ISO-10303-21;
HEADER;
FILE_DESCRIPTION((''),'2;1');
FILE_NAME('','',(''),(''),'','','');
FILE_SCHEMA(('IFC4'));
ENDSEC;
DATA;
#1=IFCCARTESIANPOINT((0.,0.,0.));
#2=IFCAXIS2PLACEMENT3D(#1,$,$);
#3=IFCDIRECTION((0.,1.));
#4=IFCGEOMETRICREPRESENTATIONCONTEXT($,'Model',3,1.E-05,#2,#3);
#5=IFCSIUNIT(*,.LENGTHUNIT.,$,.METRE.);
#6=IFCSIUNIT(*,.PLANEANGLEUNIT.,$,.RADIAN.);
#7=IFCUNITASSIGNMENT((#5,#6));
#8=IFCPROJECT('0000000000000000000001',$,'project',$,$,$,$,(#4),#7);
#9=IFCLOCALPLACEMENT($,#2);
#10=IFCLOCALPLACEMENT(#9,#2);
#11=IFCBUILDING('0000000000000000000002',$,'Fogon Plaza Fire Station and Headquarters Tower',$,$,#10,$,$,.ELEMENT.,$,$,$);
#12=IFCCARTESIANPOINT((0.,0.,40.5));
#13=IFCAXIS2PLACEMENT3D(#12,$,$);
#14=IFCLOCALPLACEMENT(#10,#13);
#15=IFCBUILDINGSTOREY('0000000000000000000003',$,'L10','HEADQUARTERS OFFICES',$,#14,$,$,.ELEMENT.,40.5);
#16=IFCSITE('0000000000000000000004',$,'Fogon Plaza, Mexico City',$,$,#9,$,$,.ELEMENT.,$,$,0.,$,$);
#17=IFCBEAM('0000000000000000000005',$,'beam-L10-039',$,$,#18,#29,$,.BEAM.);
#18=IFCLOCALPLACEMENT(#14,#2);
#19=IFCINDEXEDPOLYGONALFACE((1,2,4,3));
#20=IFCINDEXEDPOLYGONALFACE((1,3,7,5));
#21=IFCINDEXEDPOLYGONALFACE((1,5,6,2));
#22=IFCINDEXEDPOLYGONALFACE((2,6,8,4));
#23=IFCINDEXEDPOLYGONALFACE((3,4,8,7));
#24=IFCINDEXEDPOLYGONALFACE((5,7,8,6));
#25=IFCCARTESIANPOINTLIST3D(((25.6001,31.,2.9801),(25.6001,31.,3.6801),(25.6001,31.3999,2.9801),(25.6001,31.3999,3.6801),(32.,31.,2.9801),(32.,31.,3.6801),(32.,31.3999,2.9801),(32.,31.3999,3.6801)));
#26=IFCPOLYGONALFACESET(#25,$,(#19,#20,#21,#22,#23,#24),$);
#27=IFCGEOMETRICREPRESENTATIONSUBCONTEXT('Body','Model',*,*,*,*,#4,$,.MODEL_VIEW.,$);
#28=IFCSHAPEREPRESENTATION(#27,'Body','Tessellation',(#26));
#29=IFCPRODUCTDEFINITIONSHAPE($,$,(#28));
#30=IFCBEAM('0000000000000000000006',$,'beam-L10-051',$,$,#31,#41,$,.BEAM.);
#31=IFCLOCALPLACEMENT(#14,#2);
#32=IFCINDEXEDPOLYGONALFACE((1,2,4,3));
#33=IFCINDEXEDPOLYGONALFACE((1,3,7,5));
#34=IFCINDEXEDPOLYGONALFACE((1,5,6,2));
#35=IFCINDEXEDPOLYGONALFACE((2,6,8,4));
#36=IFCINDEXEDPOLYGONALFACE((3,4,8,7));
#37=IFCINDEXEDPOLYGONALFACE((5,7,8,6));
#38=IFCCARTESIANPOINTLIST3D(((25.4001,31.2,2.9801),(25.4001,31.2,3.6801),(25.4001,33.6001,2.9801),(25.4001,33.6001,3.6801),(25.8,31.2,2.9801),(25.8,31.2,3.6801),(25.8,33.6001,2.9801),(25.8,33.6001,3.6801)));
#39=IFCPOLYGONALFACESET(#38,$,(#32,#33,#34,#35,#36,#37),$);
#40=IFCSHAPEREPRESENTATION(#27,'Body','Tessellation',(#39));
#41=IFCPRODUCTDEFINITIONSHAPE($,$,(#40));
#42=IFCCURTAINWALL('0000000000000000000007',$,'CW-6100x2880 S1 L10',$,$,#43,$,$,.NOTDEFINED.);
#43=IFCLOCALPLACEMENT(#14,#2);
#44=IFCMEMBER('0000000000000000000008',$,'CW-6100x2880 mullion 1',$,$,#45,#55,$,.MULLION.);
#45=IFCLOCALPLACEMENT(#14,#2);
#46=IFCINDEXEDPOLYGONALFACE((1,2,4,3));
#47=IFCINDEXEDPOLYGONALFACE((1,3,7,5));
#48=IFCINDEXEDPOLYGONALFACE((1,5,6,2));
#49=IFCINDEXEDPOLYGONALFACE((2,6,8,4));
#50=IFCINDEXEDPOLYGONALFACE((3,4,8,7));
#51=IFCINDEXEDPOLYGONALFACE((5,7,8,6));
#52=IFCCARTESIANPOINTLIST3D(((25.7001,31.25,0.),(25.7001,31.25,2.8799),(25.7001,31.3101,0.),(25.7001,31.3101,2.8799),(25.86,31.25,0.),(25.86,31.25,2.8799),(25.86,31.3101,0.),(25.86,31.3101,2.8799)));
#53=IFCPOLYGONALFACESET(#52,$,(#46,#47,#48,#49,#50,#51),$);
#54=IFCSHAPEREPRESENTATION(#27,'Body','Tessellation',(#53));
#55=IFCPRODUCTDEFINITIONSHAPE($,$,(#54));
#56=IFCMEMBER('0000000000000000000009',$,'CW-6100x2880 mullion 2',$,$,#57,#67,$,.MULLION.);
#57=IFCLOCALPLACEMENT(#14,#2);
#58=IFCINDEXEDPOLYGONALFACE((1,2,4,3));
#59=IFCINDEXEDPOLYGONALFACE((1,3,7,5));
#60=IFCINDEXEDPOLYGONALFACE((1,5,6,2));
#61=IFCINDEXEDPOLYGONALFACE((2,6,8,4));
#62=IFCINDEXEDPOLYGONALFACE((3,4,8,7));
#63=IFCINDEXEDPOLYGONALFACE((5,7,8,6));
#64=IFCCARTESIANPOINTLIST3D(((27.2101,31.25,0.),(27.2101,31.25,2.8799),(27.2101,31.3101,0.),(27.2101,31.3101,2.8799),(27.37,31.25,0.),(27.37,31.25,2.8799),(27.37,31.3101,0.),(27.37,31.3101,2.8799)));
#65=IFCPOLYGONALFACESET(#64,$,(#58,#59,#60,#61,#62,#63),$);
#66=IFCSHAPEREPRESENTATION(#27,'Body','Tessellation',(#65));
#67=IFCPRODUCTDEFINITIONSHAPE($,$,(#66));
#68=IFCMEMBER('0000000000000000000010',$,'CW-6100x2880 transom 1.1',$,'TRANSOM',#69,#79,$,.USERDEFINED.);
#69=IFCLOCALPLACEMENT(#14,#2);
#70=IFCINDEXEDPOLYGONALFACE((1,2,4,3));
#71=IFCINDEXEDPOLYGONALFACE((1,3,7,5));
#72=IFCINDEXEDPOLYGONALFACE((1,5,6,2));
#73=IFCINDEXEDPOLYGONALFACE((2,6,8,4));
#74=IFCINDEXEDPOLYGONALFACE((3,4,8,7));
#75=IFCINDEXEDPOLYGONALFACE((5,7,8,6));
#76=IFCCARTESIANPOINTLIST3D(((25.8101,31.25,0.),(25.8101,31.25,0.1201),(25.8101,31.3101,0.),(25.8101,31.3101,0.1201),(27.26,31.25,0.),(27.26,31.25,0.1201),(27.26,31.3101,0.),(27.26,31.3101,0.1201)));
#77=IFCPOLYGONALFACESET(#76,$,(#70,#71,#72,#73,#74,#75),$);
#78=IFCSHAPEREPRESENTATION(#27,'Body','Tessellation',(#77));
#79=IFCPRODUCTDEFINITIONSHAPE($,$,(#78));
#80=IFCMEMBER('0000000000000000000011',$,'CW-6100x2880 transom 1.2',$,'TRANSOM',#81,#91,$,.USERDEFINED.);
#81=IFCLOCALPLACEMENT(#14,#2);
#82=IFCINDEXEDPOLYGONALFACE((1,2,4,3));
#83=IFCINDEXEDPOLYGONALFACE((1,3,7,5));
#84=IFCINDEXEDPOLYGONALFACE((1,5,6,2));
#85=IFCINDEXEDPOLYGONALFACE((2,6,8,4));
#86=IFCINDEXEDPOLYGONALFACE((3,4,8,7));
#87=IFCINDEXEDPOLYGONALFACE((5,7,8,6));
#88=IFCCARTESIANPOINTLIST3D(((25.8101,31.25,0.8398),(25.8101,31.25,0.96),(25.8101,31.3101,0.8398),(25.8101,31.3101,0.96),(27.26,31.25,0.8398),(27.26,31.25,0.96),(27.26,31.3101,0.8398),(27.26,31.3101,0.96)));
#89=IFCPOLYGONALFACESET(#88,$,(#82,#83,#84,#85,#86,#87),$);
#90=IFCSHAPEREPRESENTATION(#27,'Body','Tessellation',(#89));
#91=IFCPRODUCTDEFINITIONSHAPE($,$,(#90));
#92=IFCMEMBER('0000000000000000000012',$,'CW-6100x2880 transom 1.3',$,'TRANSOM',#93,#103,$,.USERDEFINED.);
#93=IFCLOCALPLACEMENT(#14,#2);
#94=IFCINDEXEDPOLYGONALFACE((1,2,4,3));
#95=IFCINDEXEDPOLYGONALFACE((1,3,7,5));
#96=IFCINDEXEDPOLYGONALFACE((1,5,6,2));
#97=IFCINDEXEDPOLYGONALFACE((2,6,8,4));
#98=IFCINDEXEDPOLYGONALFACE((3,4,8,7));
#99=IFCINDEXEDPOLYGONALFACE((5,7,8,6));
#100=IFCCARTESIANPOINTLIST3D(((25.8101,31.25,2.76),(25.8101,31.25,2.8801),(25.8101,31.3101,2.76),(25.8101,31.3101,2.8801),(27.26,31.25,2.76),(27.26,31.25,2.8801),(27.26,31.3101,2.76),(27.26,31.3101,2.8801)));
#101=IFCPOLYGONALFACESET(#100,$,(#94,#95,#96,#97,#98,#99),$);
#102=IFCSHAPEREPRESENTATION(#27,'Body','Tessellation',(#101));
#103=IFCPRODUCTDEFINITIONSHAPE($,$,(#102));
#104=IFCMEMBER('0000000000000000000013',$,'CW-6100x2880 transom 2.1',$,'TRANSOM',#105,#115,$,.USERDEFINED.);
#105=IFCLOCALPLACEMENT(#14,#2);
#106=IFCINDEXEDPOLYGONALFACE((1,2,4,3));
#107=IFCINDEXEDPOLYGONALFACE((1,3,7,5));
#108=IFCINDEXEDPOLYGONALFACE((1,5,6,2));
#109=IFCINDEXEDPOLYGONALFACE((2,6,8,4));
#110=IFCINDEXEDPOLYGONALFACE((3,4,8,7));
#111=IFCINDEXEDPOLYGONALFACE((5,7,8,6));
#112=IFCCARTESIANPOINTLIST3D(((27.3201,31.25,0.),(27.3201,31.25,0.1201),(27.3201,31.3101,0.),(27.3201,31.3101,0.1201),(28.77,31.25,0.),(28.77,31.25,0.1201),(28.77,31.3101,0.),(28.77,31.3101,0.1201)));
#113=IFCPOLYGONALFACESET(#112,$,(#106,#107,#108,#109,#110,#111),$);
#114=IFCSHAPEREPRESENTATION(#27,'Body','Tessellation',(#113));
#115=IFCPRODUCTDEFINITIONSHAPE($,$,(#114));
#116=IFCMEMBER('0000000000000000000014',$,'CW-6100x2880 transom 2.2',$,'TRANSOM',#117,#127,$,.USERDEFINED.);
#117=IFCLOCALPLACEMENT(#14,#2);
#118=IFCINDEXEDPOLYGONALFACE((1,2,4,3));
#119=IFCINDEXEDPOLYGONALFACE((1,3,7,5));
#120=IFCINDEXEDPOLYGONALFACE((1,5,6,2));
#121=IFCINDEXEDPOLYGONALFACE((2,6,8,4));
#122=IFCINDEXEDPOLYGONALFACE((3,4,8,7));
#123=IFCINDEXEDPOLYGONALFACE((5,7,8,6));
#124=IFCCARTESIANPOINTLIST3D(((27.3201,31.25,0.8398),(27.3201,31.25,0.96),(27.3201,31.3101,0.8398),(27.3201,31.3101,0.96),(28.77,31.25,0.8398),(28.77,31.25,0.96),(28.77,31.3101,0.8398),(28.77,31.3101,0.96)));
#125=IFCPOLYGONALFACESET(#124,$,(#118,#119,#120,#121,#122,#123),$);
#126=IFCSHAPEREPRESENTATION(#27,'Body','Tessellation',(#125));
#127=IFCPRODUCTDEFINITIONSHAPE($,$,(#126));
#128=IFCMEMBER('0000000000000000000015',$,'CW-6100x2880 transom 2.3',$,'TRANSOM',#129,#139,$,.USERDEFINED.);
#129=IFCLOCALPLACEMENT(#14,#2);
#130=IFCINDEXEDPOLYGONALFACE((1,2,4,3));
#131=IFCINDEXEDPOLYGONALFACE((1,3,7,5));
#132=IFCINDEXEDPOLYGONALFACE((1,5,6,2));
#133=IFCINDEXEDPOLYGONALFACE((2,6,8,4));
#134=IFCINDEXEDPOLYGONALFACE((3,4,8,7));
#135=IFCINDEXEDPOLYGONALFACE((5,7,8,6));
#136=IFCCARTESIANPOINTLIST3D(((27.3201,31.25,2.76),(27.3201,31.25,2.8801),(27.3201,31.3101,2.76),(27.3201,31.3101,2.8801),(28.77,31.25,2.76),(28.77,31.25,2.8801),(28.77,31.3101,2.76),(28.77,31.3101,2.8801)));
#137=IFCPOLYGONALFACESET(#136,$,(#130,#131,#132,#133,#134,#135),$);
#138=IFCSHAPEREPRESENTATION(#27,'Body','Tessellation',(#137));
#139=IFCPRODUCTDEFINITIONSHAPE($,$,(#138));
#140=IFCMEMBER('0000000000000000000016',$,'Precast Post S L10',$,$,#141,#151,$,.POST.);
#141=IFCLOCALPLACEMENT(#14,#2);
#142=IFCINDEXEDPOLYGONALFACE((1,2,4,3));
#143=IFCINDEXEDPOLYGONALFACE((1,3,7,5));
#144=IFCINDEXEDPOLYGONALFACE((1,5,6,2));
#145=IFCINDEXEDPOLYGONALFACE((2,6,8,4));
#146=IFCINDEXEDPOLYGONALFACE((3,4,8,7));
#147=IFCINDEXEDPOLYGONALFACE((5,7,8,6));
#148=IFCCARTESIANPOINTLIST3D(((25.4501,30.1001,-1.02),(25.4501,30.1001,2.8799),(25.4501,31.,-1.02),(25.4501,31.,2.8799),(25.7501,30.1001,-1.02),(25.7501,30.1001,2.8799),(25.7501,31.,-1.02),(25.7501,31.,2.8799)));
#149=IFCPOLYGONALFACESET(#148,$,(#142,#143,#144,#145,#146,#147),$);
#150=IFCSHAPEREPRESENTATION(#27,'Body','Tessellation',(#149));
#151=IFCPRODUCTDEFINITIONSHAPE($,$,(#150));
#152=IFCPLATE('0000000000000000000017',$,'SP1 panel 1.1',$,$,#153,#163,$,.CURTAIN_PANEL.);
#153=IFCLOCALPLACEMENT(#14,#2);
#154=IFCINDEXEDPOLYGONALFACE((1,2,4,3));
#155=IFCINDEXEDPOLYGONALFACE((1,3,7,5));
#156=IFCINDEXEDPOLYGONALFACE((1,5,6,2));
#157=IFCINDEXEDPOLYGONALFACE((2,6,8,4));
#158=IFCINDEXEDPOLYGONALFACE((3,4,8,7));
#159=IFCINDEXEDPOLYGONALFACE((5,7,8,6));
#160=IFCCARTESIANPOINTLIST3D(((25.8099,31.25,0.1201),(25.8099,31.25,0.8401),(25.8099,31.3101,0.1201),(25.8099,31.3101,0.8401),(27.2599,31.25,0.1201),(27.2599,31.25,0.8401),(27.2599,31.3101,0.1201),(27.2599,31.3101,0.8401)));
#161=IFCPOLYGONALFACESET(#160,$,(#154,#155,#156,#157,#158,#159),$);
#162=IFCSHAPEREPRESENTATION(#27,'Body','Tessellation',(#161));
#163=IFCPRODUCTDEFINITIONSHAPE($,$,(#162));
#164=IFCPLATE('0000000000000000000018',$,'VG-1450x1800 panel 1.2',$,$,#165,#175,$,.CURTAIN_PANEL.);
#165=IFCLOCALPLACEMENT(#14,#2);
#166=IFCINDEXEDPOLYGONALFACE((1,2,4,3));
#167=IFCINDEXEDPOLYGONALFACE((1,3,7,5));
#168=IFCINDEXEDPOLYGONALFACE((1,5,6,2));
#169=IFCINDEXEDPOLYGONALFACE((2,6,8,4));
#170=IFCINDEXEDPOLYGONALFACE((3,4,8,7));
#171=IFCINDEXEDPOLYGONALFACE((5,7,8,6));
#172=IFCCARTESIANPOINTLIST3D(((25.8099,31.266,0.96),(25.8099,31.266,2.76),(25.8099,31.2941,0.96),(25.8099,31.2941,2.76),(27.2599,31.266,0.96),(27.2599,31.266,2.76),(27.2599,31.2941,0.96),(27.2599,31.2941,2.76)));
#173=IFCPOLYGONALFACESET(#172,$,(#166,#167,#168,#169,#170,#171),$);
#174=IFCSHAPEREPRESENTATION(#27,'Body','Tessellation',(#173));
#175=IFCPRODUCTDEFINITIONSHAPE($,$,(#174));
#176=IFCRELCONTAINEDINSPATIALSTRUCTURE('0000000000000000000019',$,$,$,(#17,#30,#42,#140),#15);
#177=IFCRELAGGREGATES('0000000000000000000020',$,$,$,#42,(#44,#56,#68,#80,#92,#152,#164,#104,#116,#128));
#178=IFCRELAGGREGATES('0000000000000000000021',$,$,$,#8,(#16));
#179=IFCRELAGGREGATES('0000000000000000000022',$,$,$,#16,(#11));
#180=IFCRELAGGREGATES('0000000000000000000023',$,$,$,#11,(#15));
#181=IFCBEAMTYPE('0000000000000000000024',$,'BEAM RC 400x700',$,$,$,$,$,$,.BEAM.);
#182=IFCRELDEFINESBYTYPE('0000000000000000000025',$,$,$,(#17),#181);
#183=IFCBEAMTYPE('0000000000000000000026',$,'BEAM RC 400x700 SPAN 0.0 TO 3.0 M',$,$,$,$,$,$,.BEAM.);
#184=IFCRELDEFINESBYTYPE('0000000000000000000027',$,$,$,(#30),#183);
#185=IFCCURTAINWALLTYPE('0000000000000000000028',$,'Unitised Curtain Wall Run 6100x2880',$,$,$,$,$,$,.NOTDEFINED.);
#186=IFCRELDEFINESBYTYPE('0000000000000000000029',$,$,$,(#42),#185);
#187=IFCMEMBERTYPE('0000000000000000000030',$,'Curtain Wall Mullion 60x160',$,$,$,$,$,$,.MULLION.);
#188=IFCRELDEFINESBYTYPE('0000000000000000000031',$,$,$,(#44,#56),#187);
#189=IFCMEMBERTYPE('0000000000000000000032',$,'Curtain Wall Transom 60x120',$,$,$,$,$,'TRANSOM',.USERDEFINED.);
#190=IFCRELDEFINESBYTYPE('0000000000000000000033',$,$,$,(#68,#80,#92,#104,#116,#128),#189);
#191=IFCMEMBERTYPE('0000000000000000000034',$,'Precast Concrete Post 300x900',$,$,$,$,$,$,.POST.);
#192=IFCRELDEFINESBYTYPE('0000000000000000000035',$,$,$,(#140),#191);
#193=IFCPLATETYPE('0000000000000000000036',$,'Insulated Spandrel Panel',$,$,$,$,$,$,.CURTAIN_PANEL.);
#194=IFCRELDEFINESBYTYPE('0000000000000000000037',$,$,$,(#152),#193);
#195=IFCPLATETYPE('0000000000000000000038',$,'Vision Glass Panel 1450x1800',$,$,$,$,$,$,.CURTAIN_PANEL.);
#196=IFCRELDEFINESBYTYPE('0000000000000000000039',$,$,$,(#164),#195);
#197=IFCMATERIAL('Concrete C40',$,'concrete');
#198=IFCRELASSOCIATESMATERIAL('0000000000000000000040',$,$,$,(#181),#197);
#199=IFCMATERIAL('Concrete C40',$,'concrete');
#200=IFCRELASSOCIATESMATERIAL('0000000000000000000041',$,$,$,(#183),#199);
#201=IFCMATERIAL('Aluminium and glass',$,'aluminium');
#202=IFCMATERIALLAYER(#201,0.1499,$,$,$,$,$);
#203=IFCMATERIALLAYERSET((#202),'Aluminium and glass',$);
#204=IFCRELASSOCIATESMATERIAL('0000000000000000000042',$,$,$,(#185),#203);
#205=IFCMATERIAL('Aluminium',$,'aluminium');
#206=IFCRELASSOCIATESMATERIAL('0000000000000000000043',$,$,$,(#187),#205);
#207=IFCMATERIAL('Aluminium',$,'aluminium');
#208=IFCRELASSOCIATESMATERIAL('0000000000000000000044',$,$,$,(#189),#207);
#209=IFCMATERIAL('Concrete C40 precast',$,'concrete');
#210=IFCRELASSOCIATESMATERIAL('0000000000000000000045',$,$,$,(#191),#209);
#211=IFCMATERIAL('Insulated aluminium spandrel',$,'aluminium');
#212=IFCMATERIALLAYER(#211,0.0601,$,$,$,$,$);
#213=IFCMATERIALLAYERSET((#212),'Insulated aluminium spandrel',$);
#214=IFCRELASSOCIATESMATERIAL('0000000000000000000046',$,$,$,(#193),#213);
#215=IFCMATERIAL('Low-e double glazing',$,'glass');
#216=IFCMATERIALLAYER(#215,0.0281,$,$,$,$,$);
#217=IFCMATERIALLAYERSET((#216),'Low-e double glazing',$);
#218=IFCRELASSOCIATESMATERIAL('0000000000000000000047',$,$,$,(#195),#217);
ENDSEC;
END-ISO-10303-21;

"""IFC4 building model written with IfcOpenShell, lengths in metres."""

from ifc_helpers import new_model, si_unit, direction, frame, origin, origin_2d, place, context, subcontext, project, spatial, rectangle, extrude, material, layer, layer_set, material_profile, profile_set, type_object, element, aggregate, save


model = new_model("IFC4")

# Units and contexts
model_context = context("Model", 3, precision=1e-05, world=origin(), true_north=direction((0.0, 1.0)))
body_context = subcontext(model_context, "Body", "Model", "MODEL_VIEW")
ifc_project = project(units=[si_unit("LENGTHUNIT", "METRE"), si_unit("PLANEANGLEUNIT", "RADIAN")], contexts=[model_context])

# Site, building, storey
site_placement = place(None, origin())
site = spatial("IfcSite", under=ifc_project, at=site_placement, Name="Fogon Plaza, Mexico City", CompositionType="ELEMENT", RefElevation=0.0)
building_placement = place(site_placement, origin())
building = spatial("IfcBuilding", under=site, at=building_placement, Name="Fogon Plaza Fire Station and Headquarters Tower", CompositionType="ELEMENT")
storey_placement = place(building_placement, frame((0.0, 0.0, 40.5)))
storey = spatial("IfcBuildingStorey", under=building, at=storey_placement, Name="L10", Description="HEADQUARTERS OFFICES", CompositionType="ELEMENT", Elevation=40.5)

# Beams
ifc_material_1 = material(Name="Concrete C40", Category="concrete")
ifc_material_profile_1 = material_profile(ifc_material_1, rectangle(XDim=0.3999, YDim=0.7, at=origin_2d()), Name="RC 400x700")
ifc_profile_set_1 = profile_set([ifc_material_profile_1], Name="Concrete C40")
beam_type_1 = type_object("IfcBeamType", Name="BEAM RC 400x700", PredefinedType="BEAM", material=ifc_profile_set_1)
beam_1_placement = place(storey_placement, frame((25.6001, 31.2, 3.3301), z_axis=(1.0, 0.0, 0.0), x_axis=(0.0, 1.0, 0.0)))
element("IfcBeam", 1, at=beam_1_placement, inside=storey, type_object=beam_type_1, Name="beam-L10-039", PredefinedType="BEAM", context=body_context, shape_type="SweptSolid", body=[
    extrude(rectangle(XDim=0.3999, YDim=0.7, at=origin_2d()), origin(), (0.0, 0.0, 1.0), 6.3999),
])
ifc_material_2 = material(Name="Concrete C40", Category="concrete")
ifc_material_profile_2 = material_profile(ifc_material_2, rectangle(XDim=0.3999, YDim=0.7, at=origin_2d()), Name="RC 400x700")
ifc_profile_set_2 = profile_set([ifc_material_profile_2], Name="Concrete C40")
beam_type_2 = type_object("IfcBeamType", Name="BEAM RC 400x700 SPAN 0.0 TO 3.0 M", PredefinedType="BEAM", material=ifc_profile_set_2)
beam_2_placement = place(storey_placement, frame((25.6001, 31.2, 3.3301), z_axis=(0.0, 1.0, 0.0), x_axis=(-1.0, 0.0, 0.0)))
element("IfcBeam", 2, at=beam_2_placement, inside=storey, type_object=beam_type_2, Name="beam-L10-051", PredefinedType="BEAM", context=body_context, shape_type="SweptSolid", body=[
    extrude(rectangle(XDim=0.3999, YDim=0.7, at=origin_2d()), origin(), (0.0, 0.0, 1.0), 2.4001),
])

# Curtain wall, members
ifc_material_3 = material(Name="Aluminium and glass", Category="aluminium")
ifc_layer_1 = layer(ifc_material_3, 0.1499)
ifc_layer_set_1 = layer_set([ifc_layer_1], Name="Aluminium and glass")
curtain_wall_type = type_object("IfcCurtainWallType", Name="Unitised Curtain Wall Run 6100x2880", PredefinedType="NOTDEFINED", material=ifc_layer_set_1)
curtain_wall_placement = place(storey_placement, origin())
curtain_wall = element("IfcCurtainWall", 3, at=curtain_wall_placement, inside=storey, type_object=curtain_wall_type, Name="CW-6100x2880 S1 L10", PredefinedType="NOTDEFINED")
ifc_material_4 = material(Name="Aluminium", Category="aluminium")
ifc_material_profile_3 = material_profile(ifc_material_4, rectangle(XDim=0.0601, YDim=0.1599, at=origin_2d()), Name="Curtain Wall Mullion 60x160")
ifc_profile_set_3 = profile_set([ifc_material_profile_3], Name="Aluminium")
member_type_1 = type_object("IfcMemberType", Name="Curtain Wall Mullion 60x160", PredefinedType="MULLION", material=ifc_profile_set_3)
member_1_placement = place(storey_placement, frame((25.78, 31.28, 0.0), z_axis=(0.0, 0.0, 1.0), x_axis=(0.0, 1.0, 0.0)))
member_1 = element("IfcMember", 4, at=member_1_placement, type_object=member_type_1, Name="CW-6100x2880 mullion 1", PredefinedType="MULLION", context=body_context, shape_type="SweptSolid", body=[
    extrude(rectangle(XDim=0.0601, YDim=0.1599, at=origin_2d()), origin(), (0.0, 0.0, 1.0), 2.8799),
])
member_2_placement = place(storey_placement, frame((27.29, 31.28, 0.0), z_axis=(0.0, 0.0, 1.0), x_axis=(0.0, 1.0, 0.0)))
member_2 = element("IfcMember", 5, at=member_2_placement, type_object=member_type_1, Name="CW-6100x2880 mullion 2", PredefinedType="MULLION", context=body_context, shape_type="SweptSolid", body=[
    extrude(rectangle(XDim=0.0601, YDim=0.1599, at=origin_2d()), origin(), (0.0, 0.0, 1.0), 2.8799),
])
ifc_material_5 = material(Name="Aluminium", Category="aluminium")
ifc_material_profile_4 = material_profile(ifc_material_5, rectangle(XDim=0.0601, YDim=0.1201, at=origin_2d()), Name="Curtain Wall Transom 60x120")
ifc_profile_set_4 = profile_set([ifc_material_profile_4], Name="Aluminium")
member_type_2 = type_object("IfcMemberType", Name="Curtain Wall Transom 60x120", ElementType="TRANSOM", PredefinedType="USERDEFINED", material=ifc_profile_set_4)
member_3_placement = place(storey_placement, frame((25.8101, 31.28, 0.0601), z_axis=(1.0, 0.0, 0.0), x_axis=(0.0, 1.0, 0.0)))
member_3 = element("IfcMember", 6, at=member_3_placement, type_object=member_type_2, Name="CW-6100x2880 transom 1.1", ObjectType="TRANSOM", PredefinedType="USERDEFINED", context=body_context, shape_type="SweptSolid", body=[
    extrude(rectangle(XDim=0.0601, YDim=0.1201, at=origin_2d()), origin(), (0.0, 0.0, 1.0), 1.45),
])
member_4_placement = place(storey_placement, frame((25.8101, 31.28, 0.8999), z_axis=(1.0, 0.0, 0.0), x_axis=(0.0, 1.0, 0.0)))
member_4 = element("IfcMember", 7, at=member_4_placement, type_object=member_type_2, Name="CW-6100x2880 transom 1.2", ObjectType="TRANSOM", PredefinedType="USERDEFINED", context=body_context, shape_type="SweptSolid", body=[
    extrude(rectangle(XDim=0.0601, YDim=0.1201, at=origin_2d()), origin(), (0.0, 0.0, 1.0), 1.45),
])
member_5_placement = place(storey_placement, frame((25.8101, 31.28, 2.8201), z_axis=(1.0, 0.0, 0.0), x_axis=(0.0, 1.0, 0.0)))
member_5 = element("IfcMember", 8, at=member_5_placement, type_object=member_type_2, Name="CW-6100x2880 transom 1.3", ObjectType="TRANSOM", PredefinedType="USERDEFINED", context=body_context, shape_type="SweptSolid", body=[
    extrude(rectangle(XDim=0.0601, YDim=0.1201, at=origin_2d()), origin(), (0.0, 0.0, 1.0), 1.45),
])
member_6_placement = place(storey_placement, frame((27.3201, 31.28, 0.0601), z_axis=(1.0, 0.0, 0.0), x_axis=(0.0, 1.0, 0.0)))
member_6 = element("IfcMember", 9, at=member_6_placement, type_object=member_type_2, Name="CW-6100x2880 transom 2.1", ObjectType="TRANSOM", PredefinedType="USERDEFINED", context=body_context, shape_type="SweptSolid", body=[
    extrude(rectangle(XDim=0.0601, YDim=0.1201, at=origin_2d()), origin(), (0.0, 0.0, 1.0), 1.45),
])
member_7_placement = place(storey_placement, frame((27.3201, 31.28, 0.8999), z_axis=(1.0, 0.0, 0.0), x_axis=(0.0, 1.0, 0.0)))
member_7 = element("IfcMember", 10, at=member_7_placement, type_object=member_type_2, Name="CW-6100x2880 transom 2.2", ObjectType="TRANSOM", PredefinedType="USERDEFINED", context=body_context, shape_type="SweptSolid", body=[
    extrude(rectangle(XDim=0.0601, YDim=0.1201, at=origin_2d()), origin(), (0.0, 0.0, 1.0), 1.45),
])
member_8_placement = place(storey_placement, frame((27.3201, 31.28, 2.8201), z_axis=(1.0, 0.0, 0.0), x_axis=(0.0, 1.0, 0.0)))
member_8 = element("IfcMember", 11, at=member_8_placement, type_object=member_type_2, Name="CW-6100x2880 transom 2.3", ObjectType="TRANSOM", PredefinedType="USERDEFINED", context=body_context, shape_type="SweptSolid", body=[
    extrude(rectangle(XDim=0.0601, YDim=0.1201, at=origin_2d()), origin(), (0.0, 0.0, 1.0), 1.45),
])

# Member
ifc_material_6 = material(Name="Concrete C40 precast", Category="concrete")
ifc_material_profile_5 = material_profile(ifc_material_6, rectangle(XDim=0.3, YDim=0.8999, at=origin_2d()), Name="Precast Concrete Post 300x900")
ifc_profile_set_5 = profile_set([ifc_material_profile_5], Name="Concrete C40 precast")
member_type_3 = type_object("IfcMemberType", Name="Precast Concrete Post 300x900", PredefinedType="POST", material=ifc_profile_set_5)
member_9_placement = place(storey_placement, frame((25.6001, 30.55, -1.02), z_axis=(0.0, 0.0, 1.0), x_axis=(1.0, 0.0, 0.0)))
element("IfcMember", 12, at=member_9_placement, inside=storey, type_object=member_type_3, Name="Precast Post S L10", PredefinedType="POST", context=body_context, shape_type="SweptSolid", body=[
    extrude(rectangle(XDim=0.3, YDim=0.8999, at=origin_2d()), origin(), (0.0, 0.0, 1.0), 3.8999),
])

# Plates
ifc_material_7 = material(Name="Insulated aluminium spandrel", Category="aluminium")
ifc_layer_2 = layer(ifc_material_7, 0.0601)
ifc_layer_set_2 = layer_set([ifc_layer_2], Name="Insulated aluminium spandrel")
plate_type_1 = type_object("IfcPlateType", Name="Insulated Spandrel Panel", PredefinedType="CURTAIN_PANEL", material=ifc_layer_set_2)
plate_1_placement = place(storey_placement, frame((26.5349, 31.28, 0.1201), z_axis=(0.0, 0.0, 1.0), x_axis=(1.0, 0.0, 0.0)))
plate_1 = element("IfcPlate", 13, at=plate_1_placement, type_object=plate_type_1, Name="SP1 panel 1.1", PredefinedType="CURTAIN_PANEL", context=body_context, shape_type="SweptSolid", body=[
    extrude(rectangle(XDim=1.45, YDim=0.0601, at=origin_2d()), origin(), (0.0, 0.0, 1.0), 0.72),
])
ifc_material_8 = material(Name="Low-e double glazing", Category="glass")
ifc_layer_3 = layer(ifc_material_8, 0.0281)
ifc_layer_set_3 = layer_set([ifc_layer_3], Name="Low-e double glazing")
plate_type_2 = type_object("IfcPlateType", Name="Vision Glass Panel 1450x1800", PredefinedType="CURTAIN_PANEL", material=ifc_layer_set_3)
plate_2_placement = place(storey_placement, frame((26.5349, 31.28, 0.96), z_axis=(0.0, 0.0, 1.0), x_axis=(1.0, 0.0, 0.0)))
plate_2 = element("IfcPlate", 14, at=plate_2_placement, type_object=plate_type_2, Name="VG-1450x1800 panel 1.2", PredefinedType="CURTAIN_PANEL", context=body_context, shape_type="SweptSolid", body=[
    extrude(rectangle(XDim=1.45, YDim=0.0281, at=origin_2d()), origin(), (0.0, 0.0, 1.0), 1.8),
])
aggregate(curtain_wall, [member_1, member_2, member_3, member_4, member_5, plate_1, plate_2, member_6, member_7, member_8])

save(model, "model.ifc")
